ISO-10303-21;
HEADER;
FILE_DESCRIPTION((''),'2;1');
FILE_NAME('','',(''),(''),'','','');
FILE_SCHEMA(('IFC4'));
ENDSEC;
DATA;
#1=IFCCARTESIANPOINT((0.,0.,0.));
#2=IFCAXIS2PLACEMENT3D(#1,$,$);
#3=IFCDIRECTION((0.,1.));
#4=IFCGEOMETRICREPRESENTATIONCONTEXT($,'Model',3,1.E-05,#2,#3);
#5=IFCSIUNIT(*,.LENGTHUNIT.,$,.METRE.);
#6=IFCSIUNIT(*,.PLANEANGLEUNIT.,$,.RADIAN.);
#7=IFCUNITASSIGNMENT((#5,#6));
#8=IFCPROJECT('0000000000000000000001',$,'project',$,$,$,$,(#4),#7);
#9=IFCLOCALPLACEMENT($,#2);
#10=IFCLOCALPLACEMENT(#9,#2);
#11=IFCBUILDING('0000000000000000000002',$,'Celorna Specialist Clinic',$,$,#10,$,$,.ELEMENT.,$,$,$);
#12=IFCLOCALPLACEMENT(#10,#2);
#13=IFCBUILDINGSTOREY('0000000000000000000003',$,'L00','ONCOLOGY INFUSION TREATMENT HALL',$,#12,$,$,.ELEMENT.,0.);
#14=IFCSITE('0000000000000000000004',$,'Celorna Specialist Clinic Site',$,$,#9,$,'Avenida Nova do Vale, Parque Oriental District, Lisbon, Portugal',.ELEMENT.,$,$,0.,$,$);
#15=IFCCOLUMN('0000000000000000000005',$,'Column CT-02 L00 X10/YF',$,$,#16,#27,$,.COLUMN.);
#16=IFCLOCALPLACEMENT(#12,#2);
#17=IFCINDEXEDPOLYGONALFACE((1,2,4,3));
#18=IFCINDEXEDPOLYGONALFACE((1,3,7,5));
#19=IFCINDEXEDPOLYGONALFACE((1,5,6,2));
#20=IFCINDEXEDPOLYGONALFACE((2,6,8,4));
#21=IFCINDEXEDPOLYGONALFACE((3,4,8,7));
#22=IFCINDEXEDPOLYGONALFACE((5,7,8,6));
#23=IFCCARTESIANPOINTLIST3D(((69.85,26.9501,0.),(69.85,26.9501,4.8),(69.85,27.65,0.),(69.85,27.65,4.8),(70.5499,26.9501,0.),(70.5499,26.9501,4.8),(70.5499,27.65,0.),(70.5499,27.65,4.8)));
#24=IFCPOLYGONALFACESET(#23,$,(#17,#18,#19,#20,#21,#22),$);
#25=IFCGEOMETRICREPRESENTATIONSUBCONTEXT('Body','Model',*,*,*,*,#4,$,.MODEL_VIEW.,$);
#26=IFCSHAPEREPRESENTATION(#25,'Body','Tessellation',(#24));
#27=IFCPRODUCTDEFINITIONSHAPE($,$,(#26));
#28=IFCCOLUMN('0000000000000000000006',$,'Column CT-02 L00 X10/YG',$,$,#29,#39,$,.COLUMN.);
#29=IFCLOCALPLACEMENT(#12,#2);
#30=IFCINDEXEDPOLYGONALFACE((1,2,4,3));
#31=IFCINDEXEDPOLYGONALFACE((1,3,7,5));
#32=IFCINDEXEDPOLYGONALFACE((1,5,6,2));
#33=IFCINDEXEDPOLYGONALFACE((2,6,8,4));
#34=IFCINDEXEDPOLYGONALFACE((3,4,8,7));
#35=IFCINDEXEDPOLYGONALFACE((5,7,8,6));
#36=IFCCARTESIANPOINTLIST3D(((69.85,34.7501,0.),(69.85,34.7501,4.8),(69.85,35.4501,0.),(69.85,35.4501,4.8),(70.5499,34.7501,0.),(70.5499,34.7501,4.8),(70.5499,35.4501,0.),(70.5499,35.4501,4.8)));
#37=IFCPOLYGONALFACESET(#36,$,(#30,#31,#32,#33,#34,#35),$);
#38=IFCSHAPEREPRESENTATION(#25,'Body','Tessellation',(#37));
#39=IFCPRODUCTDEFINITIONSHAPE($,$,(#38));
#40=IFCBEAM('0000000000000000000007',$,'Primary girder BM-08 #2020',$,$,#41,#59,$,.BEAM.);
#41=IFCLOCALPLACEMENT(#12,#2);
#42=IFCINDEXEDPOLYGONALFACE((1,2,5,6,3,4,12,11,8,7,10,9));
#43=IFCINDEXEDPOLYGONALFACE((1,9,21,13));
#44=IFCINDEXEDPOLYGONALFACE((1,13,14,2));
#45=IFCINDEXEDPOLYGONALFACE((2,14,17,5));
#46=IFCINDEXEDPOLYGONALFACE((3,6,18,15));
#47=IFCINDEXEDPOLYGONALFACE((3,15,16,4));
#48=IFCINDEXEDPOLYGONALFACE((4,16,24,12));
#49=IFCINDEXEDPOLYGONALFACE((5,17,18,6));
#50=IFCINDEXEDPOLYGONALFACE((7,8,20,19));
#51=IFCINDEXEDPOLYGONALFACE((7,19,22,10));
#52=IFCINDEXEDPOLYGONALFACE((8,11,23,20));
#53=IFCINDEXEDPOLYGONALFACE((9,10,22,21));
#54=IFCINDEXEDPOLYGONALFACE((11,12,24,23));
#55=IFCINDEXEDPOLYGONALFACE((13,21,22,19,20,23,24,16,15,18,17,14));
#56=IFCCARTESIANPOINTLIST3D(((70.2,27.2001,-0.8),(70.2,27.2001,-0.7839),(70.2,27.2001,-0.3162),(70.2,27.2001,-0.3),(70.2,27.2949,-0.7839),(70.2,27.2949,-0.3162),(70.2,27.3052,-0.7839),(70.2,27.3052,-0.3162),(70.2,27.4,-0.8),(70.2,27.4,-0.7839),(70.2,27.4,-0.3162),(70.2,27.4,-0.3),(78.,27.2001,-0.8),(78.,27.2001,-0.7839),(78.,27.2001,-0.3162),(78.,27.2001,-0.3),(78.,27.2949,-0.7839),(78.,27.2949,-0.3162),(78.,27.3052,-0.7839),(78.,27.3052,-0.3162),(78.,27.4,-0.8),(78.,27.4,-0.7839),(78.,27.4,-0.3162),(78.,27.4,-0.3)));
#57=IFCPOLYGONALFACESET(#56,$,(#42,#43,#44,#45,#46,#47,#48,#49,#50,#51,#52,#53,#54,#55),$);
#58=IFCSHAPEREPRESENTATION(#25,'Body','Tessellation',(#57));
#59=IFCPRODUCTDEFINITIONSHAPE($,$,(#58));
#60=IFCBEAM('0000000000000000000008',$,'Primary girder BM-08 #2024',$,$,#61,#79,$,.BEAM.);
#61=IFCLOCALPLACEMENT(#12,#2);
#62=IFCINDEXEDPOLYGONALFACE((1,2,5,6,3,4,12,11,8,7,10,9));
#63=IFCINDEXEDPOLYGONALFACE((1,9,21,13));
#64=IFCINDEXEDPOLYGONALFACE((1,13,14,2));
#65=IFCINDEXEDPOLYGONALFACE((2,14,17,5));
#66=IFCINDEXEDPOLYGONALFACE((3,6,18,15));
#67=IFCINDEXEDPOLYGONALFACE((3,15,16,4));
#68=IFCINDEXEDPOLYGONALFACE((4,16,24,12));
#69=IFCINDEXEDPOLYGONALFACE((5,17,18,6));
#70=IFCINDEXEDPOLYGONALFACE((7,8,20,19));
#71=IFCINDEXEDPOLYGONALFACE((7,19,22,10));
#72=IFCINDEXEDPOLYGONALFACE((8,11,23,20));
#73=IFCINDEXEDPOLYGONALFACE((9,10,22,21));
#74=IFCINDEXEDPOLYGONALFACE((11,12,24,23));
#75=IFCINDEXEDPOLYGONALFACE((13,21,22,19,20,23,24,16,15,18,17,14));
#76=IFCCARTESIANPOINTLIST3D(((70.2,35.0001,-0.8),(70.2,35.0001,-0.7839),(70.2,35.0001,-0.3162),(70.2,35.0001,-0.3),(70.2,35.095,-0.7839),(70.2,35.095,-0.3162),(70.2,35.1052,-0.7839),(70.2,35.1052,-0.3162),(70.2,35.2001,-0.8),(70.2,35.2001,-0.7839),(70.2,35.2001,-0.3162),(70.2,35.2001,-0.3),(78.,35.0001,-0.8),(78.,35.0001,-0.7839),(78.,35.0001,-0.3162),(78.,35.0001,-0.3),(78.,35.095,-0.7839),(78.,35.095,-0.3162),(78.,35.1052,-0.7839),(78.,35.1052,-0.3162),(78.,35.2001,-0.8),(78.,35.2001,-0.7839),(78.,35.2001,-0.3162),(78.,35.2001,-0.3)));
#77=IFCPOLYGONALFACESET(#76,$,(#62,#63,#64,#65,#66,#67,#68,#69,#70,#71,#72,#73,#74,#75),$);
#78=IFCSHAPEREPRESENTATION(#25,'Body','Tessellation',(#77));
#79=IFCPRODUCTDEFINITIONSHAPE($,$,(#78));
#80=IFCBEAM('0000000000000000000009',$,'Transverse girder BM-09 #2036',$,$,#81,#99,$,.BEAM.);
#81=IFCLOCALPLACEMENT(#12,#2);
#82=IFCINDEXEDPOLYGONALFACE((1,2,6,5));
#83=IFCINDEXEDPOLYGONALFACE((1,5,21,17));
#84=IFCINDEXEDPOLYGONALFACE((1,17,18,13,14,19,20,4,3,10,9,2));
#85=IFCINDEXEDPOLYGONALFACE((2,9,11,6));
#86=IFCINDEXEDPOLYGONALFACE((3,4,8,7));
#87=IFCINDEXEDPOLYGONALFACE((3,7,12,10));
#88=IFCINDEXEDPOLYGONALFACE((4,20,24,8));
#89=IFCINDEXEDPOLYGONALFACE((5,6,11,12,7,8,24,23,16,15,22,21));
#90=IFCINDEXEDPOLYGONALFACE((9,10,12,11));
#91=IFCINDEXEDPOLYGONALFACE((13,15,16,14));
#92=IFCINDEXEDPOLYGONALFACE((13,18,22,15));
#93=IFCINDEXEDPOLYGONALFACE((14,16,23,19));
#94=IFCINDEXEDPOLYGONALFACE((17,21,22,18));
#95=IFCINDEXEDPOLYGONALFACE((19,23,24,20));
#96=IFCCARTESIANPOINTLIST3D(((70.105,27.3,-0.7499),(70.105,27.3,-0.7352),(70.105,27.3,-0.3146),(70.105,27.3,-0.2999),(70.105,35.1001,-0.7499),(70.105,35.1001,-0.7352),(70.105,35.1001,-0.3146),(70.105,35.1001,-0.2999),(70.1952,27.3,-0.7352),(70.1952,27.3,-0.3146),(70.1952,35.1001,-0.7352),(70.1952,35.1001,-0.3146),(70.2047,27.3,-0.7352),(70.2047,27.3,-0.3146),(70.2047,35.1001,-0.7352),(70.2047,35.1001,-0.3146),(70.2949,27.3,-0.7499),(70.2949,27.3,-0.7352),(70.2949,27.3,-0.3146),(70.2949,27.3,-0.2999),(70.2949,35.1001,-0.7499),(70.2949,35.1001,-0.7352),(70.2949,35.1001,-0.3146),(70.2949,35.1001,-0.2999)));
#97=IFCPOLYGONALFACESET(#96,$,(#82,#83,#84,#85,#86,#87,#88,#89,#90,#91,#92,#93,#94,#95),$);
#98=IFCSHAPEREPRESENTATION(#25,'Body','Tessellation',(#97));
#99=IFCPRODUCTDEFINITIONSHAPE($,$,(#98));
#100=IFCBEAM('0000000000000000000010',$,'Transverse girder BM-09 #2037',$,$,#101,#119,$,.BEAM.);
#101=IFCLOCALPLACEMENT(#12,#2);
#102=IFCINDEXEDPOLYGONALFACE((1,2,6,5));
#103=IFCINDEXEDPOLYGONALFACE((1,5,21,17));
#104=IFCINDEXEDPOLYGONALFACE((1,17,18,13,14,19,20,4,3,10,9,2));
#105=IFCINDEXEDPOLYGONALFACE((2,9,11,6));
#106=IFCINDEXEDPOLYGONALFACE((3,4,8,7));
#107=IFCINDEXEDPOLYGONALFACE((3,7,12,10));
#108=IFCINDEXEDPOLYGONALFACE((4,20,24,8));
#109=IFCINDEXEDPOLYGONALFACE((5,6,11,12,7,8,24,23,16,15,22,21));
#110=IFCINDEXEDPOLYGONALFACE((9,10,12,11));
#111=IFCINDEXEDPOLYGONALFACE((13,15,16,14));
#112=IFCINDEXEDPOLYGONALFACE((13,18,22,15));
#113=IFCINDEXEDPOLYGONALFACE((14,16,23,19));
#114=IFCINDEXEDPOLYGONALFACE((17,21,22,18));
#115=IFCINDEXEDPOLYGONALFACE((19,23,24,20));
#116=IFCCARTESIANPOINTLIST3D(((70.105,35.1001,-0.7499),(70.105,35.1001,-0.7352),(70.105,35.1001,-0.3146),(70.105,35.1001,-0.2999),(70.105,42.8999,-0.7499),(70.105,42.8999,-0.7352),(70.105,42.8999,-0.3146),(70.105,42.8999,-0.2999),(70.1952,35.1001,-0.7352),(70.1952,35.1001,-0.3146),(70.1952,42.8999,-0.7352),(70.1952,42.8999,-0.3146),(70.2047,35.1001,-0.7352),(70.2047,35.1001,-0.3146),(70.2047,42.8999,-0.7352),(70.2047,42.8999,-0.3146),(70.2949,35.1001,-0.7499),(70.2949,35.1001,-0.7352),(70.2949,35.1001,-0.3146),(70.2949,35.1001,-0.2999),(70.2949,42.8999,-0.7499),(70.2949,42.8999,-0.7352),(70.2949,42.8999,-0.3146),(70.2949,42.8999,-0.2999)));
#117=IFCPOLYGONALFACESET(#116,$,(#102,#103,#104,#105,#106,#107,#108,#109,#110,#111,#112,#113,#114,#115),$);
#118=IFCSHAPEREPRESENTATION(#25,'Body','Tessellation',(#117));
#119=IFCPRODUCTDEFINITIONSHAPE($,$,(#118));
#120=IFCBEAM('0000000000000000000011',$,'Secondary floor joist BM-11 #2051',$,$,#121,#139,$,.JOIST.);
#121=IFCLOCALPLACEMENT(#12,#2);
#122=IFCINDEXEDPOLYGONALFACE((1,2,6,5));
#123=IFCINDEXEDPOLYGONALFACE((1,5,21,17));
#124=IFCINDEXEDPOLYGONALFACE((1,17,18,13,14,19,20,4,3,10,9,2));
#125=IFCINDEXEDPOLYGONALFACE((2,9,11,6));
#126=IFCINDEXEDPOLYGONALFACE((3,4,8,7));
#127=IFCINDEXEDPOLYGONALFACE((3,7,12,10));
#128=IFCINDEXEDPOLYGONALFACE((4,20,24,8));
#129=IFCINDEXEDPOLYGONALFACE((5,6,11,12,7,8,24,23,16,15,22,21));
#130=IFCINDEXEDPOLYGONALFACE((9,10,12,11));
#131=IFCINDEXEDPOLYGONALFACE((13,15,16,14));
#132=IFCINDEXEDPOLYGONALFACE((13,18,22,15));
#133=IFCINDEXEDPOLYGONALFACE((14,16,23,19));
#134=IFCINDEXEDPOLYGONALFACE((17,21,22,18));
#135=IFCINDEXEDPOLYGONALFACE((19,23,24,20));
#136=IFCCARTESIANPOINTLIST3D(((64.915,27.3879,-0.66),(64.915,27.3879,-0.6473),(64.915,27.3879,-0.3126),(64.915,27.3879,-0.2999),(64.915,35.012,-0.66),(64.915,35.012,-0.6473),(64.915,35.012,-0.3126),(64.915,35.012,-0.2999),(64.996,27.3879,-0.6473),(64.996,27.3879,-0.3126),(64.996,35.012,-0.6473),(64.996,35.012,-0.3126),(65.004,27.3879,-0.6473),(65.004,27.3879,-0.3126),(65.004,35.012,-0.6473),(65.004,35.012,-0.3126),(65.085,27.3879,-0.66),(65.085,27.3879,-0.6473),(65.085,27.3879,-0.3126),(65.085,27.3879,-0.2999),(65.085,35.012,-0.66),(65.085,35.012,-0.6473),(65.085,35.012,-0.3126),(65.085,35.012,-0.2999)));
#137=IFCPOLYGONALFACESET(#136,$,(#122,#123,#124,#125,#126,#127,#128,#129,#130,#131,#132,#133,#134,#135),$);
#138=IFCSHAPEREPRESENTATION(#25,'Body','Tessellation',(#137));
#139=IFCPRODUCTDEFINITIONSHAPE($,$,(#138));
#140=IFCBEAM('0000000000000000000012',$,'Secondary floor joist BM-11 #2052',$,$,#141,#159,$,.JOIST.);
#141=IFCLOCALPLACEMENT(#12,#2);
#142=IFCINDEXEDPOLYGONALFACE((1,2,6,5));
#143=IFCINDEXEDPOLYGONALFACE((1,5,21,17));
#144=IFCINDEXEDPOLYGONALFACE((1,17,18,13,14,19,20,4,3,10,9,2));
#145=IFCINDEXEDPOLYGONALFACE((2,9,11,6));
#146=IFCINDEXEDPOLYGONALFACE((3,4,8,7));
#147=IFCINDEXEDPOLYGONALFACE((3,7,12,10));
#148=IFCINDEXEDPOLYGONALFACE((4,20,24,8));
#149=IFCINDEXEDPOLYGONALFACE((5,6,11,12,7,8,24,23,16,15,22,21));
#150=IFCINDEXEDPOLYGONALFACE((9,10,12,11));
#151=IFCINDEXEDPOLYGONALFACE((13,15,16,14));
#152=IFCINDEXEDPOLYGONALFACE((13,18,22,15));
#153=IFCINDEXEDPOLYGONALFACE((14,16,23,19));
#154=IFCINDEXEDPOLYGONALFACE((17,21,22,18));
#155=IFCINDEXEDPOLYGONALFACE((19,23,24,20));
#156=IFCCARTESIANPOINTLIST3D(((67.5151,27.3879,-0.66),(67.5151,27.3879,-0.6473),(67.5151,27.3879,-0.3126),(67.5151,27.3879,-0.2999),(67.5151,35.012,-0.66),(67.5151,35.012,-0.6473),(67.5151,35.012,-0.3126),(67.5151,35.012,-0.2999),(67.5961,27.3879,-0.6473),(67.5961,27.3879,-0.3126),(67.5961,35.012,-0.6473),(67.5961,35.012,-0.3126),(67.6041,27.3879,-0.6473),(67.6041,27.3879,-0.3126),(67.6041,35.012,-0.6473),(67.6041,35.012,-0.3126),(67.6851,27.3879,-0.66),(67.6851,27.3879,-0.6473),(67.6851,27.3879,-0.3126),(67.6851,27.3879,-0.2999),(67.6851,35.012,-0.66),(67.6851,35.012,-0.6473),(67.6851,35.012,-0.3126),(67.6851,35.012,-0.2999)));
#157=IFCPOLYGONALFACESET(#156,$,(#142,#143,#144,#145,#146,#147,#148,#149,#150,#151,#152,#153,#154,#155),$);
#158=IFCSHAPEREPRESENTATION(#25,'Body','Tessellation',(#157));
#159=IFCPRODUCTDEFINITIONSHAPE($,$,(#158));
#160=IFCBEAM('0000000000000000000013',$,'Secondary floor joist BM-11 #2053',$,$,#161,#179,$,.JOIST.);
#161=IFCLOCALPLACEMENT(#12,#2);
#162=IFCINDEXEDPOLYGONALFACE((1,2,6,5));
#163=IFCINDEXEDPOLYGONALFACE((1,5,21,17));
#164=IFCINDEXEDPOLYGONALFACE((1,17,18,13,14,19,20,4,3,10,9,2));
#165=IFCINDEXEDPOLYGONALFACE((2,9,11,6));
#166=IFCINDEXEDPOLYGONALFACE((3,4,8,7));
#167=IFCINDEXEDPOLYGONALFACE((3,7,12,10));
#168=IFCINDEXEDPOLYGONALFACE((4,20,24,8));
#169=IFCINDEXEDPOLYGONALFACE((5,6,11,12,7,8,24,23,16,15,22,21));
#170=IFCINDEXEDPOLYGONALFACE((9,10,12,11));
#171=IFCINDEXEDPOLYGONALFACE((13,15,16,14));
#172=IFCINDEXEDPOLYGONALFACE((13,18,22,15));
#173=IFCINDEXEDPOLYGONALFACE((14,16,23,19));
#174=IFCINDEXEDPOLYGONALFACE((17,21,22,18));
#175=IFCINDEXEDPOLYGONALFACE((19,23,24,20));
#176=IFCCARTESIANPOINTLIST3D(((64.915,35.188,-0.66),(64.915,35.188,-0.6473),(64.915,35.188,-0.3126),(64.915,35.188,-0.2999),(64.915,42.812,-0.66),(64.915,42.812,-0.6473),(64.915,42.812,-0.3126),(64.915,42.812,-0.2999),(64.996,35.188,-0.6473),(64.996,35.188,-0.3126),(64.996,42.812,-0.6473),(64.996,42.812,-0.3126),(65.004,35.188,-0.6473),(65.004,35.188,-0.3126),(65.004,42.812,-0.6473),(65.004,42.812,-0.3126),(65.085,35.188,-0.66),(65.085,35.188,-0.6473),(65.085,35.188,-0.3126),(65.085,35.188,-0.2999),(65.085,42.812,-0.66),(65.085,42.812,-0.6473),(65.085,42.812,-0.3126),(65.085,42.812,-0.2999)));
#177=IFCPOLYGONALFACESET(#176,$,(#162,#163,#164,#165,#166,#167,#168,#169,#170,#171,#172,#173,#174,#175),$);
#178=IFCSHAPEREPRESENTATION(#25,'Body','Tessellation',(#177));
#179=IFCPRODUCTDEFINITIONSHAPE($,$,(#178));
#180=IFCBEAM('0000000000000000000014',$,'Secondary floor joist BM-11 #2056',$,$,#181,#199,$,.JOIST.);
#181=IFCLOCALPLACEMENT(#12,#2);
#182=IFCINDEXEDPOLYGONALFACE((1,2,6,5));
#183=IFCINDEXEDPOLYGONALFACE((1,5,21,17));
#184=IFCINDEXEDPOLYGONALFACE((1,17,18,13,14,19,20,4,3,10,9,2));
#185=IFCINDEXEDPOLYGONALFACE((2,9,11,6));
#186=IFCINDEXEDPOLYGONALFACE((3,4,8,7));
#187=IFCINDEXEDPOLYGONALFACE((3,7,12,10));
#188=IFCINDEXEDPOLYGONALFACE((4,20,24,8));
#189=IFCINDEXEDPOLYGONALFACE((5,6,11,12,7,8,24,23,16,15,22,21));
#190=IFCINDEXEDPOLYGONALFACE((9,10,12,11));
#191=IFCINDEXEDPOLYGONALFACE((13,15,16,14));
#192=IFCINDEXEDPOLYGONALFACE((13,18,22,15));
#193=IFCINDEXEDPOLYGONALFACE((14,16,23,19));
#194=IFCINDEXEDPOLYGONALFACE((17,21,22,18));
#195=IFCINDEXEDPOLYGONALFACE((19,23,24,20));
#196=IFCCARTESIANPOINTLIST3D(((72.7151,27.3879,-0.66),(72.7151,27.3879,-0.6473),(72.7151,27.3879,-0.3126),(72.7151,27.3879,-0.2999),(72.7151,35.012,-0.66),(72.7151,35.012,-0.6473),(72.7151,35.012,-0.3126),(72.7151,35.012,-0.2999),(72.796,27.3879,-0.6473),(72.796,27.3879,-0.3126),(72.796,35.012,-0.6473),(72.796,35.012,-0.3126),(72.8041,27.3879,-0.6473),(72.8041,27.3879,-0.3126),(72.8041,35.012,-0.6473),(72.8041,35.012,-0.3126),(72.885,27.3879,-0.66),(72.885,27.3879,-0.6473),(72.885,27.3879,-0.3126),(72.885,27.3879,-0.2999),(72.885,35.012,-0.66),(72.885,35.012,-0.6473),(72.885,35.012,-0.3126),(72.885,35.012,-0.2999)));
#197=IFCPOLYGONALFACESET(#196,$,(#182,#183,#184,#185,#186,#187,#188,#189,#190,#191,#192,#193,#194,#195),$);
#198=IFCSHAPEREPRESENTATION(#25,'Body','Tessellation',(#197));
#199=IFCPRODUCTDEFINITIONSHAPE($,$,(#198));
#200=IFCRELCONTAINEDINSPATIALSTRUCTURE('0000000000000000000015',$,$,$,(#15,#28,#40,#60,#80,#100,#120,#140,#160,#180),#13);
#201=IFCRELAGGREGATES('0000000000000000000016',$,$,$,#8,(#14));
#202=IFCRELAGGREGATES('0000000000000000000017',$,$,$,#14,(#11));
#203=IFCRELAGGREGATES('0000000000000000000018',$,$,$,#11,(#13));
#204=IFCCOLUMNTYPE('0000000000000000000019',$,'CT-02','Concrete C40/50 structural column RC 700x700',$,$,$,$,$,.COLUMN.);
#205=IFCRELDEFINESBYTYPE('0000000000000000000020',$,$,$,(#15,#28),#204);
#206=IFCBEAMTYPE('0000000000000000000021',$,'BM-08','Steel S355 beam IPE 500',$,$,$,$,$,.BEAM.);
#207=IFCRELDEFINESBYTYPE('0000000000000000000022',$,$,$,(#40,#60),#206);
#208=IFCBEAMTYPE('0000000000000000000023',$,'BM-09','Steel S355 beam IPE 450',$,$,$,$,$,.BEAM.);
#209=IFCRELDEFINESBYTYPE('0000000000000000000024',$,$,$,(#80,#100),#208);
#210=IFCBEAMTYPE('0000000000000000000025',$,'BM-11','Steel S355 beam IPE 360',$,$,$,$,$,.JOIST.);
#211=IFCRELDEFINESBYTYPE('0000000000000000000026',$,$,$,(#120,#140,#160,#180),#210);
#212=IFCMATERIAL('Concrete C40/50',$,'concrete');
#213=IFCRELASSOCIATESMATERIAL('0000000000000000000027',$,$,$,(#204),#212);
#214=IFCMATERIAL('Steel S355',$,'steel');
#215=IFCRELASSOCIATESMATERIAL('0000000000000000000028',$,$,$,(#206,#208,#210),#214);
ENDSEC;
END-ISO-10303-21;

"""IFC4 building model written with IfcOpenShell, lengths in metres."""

from ifc_helpers import new_model, si_unit, direction, frame, origin, origin_2d, place, context, subcontext, project, spatial, rectangle, i_section, extrude, material, material_profile, profile_set, type_object, element, save


model = new_model("IFC4")

# Units and contexts
model_context = context("Model", 3, precision=1e-05, world=origin(), true_north=direction((0.0, 1.0)))
body_context = subcontext(model_context, "Body", "Model", "MODEL_VIEW")
ifc_project = project(units=[si_unit("LENGTHUNIT", "METRE"), si_unit("PLANEANGLEUNIT", "RADIAN")], contexts=[model_context])

# Site, building, storey
site_placement = place(None, origin())
site = spatial("IfcSite", under=ifc_project, at=site_placement, Name="Celorna Specialist Clinic Site", LongName="Avenida Nova do Vale, Parque Oriental District, Lisbon, Portugal", CompositionType="ELEMENT", RefElevation=0.0)
building_placement = place(site_placement, origin())
building = spatial("IfcBuilding", under=site, at=building_placement, Name="Celorna Specialist Clinic", CompositionType="ELEMENT")
storey_placement = place(building_placement, origin())
storey = spatial("IfcBuildingStorey", under=building, at=storey_placement, Name="L00", Description="ONCOLOGY INFUSION TREATMENT HALL", CompositionType="ELEMENT", Elevation=0.0)

# Columns
ifc_material_1 = material(Name="Concrete C40/50", Category="concrete")
ifc_material_profile_1 = material_profile(ifc_material_1, rectangle(XDim=0.7, YDim=0.7, at=origin_2d()), Name="RC 700x700")
ifc_profile_set_1 = profile_set([ifc_material_profile_1], Name="Concrete C40/50")
column_type = type_object("IfcColumnType", Name="CT-02", Description="Concrete C40/50 structural column RC 700x700", PredefinedType="COLUMN", material=ifc_profile_set_1)
for number, where, z_axis, x_axis, name in (
    (1, (70.2, 27.3, 0.0), (0.0, 0.0, 1.0), (1.0, 0.0, 0.0), "Column CT-02 L00 X10/YF"),
    (2, (70.2, 35.1001, 0.0), (0.0, 0.0, 1.0), (1.0, 0.0, 0.0), "Column CT-02 L00 X10/YG"),
):
    element("IfcColumn", number, at=place(storey_placement, frame(where, z_axis=z_axis, x_axis=x_axis)), inside=storey, type_object=column_type, Name=name, PredefinedType="COLUMN", context=body_context, shape_type="SweptSolid", body=[
        extrude(rectangle(XDim=0.7, YDim=0.7, at=origin_2d()), origin(), (0.0, 0.0, 1.0), 4.8),
    ])

# Beams
ifc_material_2 = material(Name="Steel S355", Category="steel")
ifc_material_profile_2 = material_profile(ifc_material_2, i_section(OverallWidth=0.2, OverallDepth=0.5, WebThickness=0.0103, FlangeThickness=0.0161, at=origin_2d()), Name="IPE 500")
ifc_profile_set_2 = profile_set([ifc_material_profile_2], Name="Steel S355")
beam_type_1 = type_object("IfcBeamType", Name="BM-08", Description="Steel S355 beam IPE 500", PredefinedType="BEAM", material=ifc_profile_set_2)
for number, where, z_axis, x_axis, name in (
    (3, (70.2, 27.3, -0.55), (1.0, 0.0, 0.0), (0.0, 1.0, 0.0), "Primary girder BM-08 #2020"),
    (4, (70.2, 35.1001, -0.55), (1.0, 0.0, 0.0), (0.0, 1.0, 0.0), "Primary girder BM-08 #2024"),
):
    element("IfcBeam", number, at=place(storey_placement, frame(where, z_axis=z_axis, x_axis=x_axis)), inside=storey, type_object=beam_type_1, Name=name, PredefinedType="BEAM", context=body_context, shape_type="SweptSolid", body=[
        extrude(i_section(OverallWidth=0.2, OverallDepth=0.5, WebThickness=0.0103, FlangeThickness=0.0161, at=origin_2d()), origin(), (0.0, 0.0, 1.0), 7.8),
    ])
ifc_material_profile_3 = material_profile(ifc_material_2, i_section(OverallWidth=0.1899, OverallDepth=0.45, WebThickness=0.0095, FlangeThickness=0.0146, at=origin_2d()), Name="IPE 450")
ifc_profile_set_3 = profile_set([ifc_material_profile_3], Name="Steel S355")
beam_type_2 = type_object("IfcBeamType", Name="BM-09", Description="Steel S355 beam IPE 450", PredefinedType="BEAM", material=ifc_profile_set_3)
beam_1_placement = place(storey_placement, frame((70.2, 27.3, -0.5249), z_axis=(0.0, 1.0, 0.0), x_axis=(-1.0, 0.0, 0.0)))
element("IfcBeam", 5, at=beam_1_placement, inside=storey, type_object=beam_type_2, Name="Transverse girder BM-09 #2036", PredefinedType="BEAM", context=body_context, shape_type="SweptSolid", body=[
    extrude(i_section(OverallWidth=0.1899, OverallDepth=0.45, WebThickness=0.0095, FlangeThickness=0.0146, at=origin_2d()), origin(), (0.0, 0.0, 1.0), 7.8),
])
beam_2_placement = place(storey_placement, frame((70.2, 35.1001, -0.5249), z_axis=(0.0, 1.0, 0.0), x_axis=(-1.0, 0.0, 0.0)))
element("IfcBeam", 6, at=beam_2_placement, inside=storey, type_object=beam_type_2, Name="Transverse girder BM-09 #2037", PredefinedType="BEAM", context=body_context, shape_type="SweptSolid", body=[
    extrude(i_section(OverallWidth=0.1899, OverallDepth=0.45, WebThickness=0.0095, FlangeThickness=0.0146, at=origin_2d()), origin(), (0.0, 0.0, 1.0), 7.7998),
])
ifc_material_profile_4 = material_profile(ifc_material_2, i_section(OverallWidth=0.1699, OverallDepth=0.3601, WebThickness=0.0081, FlangeThickness=0.0127, at=origin_2d()), Name="IPE 360")
ifc_profile_set_4 = profile_set([ifc_material_profile_4], Name="Steel S355")
beam_type_3 = type_object("IfcBeamType", Name="BM-11", Description="Steel S355 beam IPE 360", PredefinedType="JOIST", material=ifc_profile_set_4)
for number, where, z_axis, x_axis, name in (
    (7, (65.0, 27.3879, -0.48), (0.0, 1.0, 0.0), (-1.0, 0.0, 0.0), "Secondary floor joist BM-11 #2051"),
    (8, (67.6001, 27.3879, -0.48), (0.0, 1.0, 0.0), (-1.0, 0.0, 0.0), "Secondary floor joist BM-11 #2052"),
    (9, (65.0, 35.188, -0.48), (0.0, 1.0, 0.0), (-1.0, 0.0, 0.0), "Secondary floor joist BM-11 #2053"),
    (10, (72.8, 27.3879, -0.48), (0.0, 1.0, 0.0), (-1.0, 0.0, 0.0), "Secondary floor joist BM-11 #2056"),
):
    element("IfcBeam", number, at=place(storey_placement, frame(where, z_axis=z_axis, x_axis=x_axis)), inside=storey, type_object=beam_type_3, Name=name, PredefinedType="JOIST", context=body_context, shape_type="SweptSolid", body=[
        extrude(i_section(OverallWidth=0.1699, OverallDepth=0.3601, WebThickness=0.0081, FlangeThickness=0.0127, at=origin_2d()), origin(), (0.0, 0.0, 1.0), 7.624),
    ])

save(model, "model.ifc")
